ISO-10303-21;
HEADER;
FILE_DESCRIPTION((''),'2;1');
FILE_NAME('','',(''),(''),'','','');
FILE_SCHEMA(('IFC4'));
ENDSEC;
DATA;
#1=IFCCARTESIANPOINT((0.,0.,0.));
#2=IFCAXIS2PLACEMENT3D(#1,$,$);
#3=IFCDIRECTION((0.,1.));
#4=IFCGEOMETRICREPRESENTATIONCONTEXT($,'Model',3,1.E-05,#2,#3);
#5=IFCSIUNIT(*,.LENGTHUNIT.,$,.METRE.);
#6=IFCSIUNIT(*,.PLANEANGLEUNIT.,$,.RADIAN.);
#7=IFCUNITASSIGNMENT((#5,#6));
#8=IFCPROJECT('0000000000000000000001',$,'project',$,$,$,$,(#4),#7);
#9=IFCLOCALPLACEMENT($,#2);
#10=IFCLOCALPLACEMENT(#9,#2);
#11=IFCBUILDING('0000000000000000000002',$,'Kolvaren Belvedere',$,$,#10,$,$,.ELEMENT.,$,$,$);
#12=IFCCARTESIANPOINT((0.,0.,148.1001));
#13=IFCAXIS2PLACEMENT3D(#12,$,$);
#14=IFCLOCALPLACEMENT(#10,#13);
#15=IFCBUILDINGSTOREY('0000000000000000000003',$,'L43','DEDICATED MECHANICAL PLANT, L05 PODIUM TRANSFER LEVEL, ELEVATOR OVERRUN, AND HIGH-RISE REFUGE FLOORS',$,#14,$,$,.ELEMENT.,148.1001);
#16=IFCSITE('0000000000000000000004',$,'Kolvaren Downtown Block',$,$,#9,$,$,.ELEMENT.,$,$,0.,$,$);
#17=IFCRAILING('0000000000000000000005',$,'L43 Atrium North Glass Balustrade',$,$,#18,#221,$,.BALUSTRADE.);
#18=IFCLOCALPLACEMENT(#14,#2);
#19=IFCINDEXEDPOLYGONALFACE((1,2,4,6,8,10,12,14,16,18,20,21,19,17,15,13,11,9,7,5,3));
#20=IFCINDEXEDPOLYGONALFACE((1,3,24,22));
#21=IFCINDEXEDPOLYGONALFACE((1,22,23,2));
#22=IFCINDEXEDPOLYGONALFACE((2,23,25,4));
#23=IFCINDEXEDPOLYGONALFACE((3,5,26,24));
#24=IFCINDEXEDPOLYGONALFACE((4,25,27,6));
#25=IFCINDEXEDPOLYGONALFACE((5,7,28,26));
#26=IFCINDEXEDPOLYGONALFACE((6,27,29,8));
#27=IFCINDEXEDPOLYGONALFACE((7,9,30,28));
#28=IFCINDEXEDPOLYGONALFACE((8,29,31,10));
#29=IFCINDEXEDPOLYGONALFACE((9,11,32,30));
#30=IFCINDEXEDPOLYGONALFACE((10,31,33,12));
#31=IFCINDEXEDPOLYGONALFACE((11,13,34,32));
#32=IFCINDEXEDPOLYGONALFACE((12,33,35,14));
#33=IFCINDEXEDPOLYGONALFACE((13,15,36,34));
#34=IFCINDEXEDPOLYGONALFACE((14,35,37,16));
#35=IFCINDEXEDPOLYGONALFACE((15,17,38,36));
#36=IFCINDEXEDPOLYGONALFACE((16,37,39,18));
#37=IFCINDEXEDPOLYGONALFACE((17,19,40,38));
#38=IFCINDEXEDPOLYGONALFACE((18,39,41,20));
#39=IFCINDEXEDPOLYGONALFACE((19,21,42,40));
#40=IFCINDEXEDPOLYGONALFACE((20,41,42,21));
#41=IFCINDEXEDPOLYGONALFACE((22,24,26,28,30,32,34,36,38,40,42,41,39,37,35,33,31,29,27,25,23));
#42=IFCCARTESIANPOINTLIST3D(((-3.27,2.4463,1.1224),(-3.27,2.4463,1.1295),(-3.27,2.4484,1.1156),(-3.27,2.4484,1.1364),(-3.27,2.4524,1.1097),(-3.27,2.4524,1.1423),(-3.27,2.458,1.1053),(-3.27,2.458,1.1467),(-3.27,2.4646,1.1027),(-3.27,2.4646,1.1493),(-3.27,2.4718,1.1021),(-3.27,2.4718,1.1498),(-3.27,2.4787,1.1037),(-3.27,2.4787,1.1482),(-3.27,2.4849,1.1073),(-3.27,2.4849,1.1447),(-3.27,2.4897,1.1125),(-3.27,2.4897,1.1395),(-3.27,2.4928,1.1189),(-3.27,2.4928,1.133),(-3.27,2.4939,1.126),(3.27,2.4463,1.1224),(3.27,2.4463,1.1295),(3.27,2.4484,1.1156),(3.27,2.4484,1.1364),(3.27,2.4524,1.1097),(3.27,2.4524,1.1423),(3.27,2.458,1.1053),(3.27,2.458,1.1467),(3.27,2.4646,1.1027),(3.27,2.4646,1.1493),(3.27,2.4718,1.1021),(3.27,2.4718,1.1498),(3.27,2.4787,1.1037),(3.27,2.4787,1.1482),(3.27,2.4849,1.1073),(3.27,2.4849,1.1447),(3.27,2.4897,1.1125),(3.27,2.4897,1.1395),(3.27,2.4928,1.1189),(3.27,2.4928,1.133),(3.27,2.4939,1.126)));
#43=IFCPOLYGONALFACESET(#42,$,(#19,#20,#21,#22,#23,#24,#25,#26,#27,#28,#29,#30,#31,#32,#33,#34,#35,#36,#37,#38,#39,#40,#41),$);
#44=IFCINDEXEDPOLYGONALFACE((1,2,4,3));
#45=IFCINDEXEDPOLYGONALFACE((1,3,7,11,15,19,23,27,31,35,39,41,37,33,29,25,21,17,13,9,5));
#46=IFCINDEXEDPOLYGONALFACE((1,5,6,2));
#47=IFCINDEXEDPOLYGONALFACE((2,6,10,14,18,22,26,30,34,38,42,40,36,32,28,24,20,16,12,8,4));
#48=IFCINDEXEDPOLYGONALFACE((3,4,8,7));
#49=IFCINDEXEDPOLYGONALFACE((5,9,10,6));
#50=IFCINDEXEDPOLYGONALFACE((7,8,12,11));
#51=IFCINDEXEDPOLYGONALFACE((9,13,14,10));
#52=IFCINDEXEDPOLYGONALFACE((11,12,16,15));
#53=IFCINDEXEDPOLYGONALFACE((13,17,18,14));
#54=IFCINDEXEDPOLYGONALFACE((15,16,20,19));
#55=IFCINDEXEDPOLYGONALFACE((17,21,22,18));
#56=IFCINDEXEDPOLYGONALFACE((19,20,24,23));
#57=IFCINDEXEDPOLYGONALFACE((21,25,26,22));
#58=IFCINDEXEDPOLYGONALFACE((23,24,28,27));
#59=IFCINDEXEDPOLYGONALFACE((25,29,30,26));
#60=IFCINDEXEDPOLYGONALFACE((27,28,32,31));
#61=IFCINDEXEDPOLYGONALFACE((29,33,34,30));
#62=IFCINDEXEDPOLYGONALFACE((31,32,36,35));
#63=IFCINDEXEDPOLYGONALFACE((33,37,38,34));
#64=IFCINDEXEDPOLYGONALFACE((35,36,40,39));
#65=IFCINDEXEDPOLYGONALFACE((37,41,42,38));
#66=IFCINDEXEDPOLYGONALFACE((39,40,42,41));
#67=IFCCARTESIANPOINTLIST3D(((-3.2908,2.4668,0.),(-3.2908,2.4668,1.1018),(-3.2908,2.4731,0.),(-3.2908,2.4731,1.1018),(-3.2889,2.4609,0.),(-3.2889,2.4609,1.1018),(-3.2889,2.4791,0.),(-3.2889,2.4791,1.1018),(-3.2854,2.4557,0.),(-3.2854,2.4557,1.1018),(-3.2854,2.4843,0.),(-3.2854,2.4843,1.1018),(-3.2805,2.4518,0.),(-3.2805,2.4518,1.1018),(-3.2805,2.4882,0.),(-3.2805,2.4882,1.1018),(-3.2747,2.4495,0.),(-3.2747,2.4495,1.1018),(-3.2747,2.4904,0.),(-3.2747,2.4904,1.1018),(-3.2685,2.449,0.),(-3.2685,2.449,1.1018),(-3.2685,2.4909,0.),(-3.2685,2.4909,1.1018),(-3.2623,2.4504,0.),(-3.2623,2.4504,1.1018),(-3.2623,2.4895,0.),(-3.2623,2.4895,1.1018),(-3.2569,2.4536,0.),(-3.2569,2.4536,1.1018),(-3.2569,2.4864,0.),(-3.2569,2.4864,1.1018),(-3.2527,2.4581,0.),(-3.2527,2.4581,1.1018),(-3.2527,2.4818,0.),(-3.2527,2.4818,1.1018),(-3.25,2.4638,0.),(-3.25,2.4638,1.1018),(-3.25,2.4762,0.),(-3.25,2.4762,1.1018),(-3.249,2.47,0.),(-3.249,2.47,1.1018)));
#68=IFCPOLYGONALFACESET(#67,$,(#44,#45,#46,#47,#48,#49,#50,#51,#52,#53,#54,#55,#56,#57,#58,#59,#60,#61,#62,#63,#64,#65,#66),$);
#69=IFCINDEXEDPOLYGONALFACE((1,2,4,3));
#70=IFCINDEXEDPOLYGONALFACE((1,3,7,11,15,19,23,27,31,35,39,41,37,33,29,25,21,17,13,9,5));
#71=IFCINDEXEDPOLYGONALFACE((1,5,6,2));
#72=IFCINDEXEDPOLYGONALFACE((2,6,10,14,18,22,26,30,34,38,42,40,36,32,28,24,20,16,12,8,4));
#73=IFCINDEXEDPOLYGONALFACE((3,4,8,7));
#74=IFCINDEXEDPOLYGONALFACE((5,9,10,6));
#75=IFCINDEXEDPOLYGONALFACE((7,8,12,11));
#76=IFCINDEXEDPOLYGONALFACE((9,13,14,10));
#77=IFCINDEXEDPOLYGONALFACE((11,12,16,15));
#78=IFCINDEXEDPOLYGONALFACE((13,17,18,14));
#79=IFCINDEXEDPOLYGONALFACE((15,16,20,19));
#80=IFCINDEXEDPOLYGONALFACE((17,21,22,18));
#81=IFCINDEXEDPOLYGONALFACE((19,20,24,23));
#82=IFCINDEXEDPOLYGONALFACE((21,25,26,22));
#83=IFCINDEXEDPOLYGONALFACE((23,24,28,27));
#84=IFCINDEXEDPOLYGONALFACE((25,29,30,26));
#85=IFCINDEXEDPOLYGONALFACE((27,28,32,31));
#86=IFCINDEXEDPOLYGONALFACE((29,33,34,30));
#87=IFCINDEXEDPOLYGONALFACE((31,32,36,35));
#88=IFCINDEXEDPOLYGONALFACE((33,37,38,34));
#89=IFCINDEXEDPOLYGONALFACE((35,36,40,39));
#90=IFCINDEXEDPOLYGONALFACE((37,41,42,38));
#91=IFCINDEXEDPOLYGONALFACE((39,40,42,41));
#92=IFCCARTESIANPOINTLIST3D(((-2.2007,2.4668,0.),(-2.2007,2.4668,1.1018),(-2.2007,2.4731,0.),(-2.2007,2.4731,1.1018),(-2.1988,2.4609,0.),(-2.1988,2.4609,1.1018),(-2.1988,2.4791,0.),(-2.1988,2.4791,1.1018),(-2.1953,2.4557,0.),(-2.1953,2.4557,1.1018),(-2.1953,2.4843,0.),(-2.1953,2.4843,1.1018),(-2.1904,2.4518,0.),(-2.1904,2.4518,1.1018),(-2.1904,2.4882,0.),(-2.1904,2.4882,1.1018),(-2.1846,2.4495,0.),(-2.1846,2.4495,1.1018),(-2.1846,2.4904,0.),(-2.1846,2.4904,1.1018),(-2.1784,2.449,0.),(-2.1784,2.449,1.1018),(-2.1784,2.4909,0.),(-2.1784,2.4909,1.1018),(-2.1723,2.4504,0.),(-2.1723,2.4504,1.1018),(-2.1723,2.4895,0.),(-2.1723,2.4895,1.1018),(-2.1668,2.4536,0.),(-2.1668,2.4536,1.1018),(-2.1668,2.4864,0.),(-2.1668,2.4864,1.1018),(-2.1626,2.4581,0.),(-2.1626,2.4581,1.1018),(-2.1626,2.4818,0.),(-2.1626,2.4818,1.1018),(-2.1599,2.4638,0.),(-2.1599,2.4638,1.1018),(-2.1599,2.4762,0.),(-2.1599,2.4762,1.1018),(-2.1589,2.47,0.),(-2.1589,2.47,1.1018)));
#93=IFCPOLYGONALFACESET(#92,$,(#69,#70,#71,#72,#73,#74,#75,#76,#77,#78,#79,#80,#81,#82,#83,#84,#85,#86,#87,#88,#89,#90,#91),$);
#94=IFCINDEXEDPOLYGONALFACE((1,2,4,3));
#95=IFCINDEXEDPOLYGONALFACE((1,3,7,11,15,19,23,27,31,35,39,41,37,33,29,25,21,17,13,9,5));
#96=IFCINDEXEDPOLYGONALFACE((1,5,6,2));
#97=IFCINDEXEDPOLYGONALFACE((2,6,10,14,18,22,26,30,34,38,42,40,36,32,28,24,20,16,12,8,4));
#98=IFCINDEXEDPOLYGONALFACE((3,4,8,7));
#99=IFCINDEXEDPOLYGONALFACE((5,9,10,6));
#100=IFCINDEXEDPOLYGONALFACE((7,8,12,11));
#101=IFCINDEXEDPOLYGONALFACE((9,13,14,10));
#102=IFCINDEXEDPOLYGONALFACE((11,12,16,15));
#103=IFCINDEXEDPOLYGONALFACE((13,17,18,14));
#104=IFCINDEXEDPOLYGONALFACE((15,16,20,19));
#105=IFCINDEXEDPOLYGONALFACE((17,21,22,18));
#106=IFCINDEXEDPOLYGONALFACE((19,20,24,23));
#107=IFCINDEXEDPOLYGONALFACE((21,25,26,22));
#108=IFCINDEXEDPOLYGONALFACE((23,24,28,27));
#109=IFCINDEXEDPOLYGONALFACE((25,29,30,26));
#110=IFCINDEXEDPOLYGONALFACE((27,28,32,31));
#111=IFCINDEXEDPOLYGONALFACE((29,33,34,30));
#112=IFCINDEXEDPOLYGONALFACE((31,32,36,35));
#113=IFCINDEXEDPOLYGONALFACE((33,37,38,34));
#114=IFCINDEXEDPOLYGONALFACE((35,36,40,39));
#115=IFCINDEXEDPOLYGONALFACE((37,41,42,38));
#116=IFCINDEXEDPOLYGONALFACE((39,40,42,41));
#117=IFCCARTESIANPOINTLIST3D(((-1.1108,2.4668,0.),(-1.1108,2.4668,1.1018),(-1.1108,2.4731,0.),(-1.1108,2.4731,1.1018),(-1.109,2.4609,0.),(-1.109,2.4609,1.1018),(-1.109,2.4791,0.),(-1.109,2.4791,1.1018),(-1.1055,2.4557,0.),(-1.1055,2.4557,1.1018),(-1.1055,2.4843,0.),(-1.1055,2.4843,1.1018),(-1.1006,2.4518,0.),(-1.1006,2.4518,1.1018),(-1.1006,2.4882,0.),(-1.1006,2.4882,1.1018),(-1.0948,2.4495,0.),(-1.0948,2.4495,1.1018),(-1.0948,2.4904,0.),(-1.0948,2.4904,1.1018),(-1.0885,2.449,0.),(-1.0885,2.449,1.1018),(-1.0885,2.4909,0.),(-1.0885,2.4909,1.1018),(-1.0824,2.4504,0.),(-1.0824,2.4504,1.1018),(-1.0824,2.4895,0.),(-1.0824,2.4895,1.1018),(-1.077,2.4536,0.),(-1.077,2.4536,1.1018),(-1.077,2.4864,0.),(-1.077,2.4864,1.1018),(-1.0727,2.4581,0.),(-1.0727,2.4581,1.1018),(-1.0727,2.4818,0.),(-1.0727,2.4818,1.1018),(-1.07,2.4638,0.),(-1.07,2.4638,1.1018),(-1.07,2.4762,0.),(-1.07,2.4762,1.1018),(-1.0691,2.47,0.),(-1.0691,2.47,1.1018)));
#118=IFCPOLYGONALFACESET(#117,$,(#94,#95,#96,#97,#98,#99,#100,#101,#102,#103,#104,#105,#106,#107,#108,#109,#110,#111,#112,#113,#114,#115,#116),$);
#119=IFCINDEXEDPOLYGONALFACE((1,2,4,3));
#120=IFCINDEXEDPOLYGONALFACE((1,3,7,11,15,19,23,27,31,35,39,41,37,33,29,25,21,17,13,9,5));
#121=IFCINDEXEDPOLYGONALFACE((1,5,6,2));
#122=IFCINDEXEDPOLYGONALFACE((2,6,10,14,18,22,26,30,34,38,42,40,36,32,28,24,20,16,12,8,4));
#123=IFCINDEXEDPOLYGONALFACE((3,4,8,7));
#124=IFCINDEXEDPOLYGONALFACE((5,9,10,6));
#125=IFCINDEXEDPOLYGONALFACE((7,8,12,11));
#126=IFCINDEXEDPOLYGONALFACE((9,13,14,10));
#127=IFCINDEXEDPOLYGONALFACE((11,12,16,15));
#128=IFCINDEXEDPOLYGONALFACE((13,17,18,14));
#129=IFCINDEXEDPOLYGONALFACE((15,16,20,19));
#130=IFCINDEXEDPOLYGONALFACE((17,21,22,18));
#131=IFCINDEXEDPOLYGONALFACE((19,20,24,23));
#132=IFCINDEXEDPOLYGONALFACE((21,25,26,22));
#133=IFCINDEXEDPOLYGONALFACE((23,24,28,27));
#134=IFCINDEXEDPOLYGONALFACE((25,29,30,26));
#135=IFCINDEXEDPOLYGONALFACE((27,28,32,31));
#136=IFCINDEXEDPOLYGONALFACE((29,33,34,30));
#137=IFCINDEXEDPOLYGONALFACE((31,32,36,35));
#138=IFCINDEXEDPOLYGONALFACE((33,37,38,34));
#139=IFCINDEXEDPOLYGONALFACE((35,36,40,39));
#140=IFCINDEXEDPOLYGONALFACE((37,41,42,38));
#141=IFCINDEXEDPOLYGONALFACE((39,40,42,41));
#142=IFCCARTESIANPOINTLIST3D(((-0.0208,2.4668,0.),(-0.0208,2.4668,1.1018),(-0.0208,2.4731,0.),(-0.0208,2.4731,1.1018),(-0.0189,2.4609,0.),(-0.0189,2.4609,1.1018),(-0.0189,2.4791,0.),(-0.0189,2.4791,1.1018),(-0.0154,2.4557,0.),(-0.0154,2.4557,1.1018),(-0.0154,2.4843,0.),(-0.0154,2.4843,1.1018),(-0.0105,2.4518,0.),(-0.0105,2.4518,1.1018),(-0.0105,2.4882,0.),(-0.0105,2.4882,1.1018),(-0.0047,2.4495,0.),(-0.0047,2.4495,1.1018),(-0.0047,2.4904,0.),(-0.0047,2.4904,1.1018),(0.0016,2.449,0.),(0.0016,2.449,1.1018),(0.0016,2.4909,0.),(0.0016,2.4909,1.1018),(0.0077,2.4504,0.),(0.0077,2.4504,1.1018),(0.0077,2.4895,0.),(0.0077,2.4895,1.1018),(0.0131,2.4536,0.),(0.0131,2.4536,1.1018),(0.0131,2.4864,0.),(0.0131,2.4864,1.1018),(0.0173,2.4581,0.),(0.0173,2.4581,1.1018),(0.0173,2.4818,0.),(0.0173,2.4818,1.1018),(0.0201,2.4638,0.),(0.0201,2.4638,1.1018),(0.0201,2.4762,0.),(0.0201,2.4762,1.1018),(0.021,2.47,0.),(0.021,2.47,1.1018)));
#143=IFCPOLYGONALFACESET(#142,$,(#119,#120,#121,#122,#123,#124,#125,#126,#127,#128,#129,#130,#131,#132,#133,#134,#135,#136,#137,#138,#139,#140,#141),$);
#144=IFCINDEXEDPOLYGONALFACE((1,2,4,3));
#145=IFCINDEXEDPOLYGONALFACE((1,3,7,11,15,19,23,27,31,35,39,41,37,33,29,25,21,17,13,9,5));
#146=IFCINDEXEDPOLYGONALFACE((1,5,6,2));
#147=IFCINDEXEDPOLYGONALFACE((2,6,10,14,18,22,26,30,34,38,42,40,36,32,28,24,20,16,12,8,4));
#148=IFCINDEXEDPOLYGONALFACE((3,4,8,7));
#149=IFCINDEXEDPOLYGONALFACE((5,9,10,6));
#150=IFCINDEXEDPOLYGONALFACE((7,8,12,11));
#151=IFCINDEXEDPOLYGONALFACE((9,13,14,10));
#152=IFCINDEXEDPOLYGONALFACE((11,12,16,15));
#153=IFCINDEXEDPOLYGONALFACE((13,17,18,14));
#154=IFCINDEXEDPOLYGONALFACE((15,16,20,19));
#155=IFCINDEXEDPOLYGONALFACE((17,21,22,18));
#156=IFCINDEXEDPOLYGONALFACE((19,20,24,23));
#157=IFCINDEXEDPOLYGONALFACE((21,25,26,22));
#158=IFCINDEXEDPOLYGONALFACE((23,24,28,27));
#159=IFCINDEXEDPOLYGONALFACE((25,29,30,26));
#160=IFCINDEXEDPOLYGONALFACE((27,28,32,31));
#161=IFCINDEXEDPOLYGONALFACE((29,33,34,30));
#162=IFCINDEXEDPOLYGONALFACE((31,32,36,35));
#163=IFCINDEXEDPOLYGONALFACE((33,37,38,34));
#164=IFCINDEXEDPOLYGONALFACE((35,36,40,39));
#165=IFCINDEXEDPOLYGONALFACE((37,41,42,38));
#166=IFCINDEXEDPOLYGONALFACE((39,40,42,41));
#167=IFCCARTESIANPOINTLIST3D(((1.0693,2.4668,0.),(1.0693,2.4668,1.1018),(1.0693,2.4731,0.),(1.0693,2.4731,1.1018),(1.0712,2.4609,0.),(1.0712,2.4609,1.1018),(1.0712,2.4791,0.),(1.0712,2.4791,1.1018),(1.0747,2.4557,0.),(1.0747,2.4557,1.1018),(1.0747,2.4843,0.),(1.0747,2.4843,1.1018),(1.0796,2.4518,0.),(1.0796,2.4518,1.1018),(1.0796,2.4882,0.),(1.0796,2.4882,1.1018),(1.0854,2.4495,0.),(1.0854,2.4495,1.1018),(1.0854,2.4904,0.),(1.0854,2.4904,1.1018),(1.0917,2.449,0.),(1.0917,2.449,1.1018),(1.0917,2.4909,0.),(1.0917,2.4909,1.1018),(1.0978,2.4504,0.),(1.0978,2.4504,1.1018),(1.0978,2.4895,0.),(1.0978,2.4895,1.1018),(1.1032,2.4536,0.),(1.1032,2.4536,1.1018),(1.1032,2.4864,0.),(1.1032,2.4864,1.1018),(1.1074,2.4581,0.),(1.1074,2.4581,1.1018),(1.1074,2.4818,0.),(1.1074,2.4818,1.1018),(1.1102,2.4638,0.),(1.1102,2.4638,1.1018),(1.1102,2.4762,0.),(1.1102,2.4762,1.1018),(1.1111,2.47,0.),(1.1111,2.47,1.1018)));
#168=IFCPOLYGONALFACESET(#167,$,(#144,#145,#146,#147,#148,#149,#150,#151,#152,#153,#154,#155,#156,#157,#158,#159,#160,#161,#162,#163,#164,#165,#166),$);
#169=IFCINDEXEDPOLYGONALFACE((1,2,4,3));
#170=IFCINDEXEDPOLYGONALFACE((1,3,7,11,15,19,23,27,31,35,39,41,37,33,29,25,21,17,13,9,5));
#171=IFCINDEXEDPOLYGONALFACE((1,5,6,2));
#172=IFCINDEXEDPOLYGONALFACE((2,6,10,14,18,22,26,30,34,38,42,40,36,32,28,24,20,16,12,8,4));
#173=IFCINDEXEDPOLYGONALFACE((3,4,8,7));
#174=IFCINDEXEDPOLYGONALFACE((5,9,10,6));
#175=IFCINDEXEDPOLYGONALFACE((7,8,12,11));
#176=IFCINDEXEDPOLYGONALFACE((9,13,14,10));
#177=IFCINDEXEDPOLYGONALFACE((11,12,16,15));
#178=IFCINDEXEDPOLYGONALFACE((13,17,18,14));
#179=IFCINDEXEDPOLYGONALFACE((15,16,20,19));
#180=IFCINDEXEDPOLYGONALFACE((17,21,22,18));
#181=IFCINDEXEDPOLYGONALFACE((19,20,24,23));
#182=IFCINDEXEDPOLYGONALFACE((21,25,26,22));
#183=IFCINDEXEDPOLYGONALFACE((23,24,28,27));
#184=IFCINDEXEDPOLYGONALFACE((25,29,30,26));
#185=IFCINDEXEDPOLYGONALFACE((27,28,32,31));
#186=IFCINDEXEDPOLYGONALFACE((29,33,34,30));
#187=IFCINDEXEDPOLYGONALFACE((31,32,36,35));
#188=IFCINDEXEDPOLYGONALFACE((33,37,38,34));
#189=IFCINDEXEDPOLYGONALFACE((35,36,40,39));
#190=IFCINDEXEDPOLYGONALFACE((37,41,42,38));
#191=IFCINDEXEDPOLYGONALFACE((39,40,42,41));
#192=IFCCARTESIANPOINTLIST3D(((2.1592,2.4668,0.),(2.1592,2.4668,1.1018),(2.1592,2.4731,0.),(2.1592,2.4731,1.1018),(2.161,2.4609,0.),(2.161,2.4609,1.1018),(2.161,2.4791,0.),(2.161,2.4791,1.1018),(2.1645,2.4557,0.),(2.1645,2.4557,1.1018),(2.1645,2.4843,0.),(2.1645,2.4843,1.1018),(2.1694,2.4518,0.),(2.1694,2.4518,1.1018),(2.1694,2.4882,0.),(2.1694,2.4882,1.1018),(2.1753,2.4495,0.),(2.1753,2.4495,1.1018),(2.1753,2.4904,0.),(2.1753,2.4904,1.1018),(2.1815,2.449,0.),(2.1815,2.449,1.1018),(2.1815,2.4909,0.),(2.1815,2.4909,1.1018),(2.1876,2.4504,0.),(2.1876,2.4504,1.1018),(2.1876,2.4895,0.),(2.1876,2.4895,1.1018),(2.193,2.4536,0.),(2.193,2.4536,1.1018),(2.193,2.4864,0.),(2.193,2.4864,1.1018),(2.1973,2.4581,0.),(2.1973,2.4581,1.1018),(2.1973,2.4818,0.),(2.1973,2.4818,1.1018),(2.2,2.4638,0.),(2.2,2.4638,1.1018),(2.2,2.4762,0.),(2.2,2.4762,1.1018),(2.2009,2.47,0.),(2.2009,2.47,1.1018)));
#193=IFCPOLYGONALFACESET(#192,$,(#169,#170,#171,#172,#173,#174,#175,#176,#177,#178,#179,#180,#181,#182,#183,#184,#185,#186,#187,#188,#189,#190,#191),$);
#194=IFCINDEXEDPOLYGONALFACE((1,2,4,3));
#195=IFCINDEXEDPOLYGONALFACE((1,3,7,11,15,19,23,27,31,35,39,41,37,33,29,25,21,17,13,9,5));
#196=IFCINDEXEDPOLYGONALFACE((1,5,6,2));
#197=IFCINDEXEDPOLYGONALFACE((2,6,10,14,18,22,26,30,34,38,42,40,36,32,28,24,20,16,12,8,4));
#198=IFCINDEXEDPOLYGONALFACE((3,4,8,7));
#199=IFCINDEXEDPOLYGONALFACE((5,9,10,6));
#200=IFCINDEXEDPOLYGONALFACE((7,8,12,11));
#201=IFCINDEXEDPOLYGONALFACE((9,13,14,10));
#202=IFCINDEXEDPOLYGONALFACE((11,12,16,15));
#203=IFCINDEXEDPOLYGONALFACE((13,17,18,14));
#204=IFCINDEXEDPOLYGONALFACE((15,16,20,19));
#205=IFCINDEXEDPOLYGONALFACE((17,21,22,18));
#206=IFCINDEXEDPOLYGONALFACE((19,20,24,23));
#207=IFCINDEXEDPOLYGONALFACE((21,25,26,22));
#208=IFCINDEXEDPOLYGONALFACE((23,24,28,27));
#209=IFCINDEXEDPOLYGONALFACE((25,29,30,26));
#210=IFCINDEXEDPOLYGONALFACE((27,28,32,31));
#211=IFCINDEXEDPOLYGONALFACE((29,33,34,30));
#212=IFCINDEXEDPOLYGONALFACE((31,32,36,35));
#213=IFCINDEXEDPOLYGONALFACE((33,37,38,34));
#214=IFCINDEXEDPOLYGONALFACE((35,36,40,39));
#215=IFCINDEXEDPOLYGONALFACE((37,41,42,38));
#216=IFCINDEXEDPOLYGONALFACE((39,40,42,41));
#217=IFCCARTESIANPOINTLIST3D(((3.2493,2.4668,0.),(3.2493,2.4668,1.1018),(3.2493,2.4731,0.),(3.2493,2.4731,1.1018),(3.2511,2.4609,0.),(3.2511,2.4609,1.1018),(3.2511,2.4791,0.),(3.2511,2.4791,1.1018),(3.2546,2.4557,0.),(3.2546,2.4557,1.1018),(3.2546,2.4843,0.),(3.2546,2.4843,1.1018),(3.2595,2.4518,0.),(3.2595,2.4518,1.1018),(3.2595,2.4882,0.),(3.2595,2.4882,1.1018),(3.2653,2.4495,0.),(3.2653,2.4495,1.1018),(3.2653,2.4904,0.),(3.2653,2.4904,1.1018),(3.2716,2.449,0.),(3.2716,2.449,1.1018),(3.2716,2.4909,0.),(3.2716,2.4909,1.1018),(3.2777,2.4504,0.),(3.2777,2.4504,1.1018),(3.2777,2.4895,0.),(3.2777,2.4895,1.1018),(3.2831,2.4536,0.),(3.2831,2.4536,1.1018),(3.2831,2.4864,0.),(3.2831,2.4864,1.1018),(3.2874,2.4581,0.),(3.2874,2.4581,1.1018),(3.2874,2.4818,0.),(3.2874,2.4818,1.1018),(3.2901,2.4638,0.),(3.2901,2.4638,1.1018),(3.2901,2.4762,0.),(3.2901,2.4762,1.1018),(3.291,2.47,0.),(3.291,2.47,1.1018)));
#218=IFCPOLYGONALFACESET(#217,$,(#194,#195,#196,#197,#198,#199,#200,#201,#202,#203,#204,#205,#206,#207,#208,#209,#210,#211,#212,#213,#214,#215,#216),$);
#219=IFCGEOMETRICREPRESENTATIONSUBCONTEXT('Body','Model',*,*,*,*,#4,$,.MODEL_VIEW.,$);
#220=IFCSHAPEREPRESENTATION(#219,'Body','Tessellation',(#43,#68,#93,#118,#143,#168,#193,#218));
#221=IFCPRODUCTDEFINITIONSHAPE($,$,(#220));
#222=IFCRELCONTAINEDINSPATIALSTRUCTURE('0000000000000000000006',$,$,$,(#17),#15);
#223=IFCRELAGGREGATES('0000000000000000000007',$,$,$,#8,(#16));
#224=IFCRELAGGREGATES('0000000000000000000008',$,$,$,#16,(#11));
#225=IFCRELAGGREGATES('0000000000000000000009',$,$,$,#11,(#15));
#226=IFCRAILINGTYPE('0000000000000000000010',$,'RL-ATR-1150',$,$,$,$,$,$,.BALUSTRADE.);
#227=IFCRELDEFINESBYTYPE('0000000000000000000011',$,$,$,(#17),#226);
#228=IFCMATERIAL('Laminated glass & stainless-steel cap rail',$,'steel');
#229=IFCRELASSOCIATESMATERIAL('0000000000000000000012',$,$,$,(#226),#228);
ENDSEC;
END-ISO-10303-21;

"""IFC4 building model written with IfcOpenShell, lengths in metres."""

from ifc_helpers import new_model, si_unit, direction, frame, origin, origin_2d, place, context, subcontext, project, spatial, circle, extrude, material, type_object, element, save


model = new_model("IFC4")

# Units and contexts
model_context = context("Model", 3, precision=1e-05, world=origin(), true_north=direction((0.0, 1.0)))
body_context = subcontext(model_context, "Body", "Model", "MODEL_VIEW")
ifc_project = project(units=[si_unit("LENGTHUNIT", "METRE"), si_unit("PLANEANGLEUNIT", "RADIAN")], contexts=[model_context])

# Site, building, storey
site_placement = place(None, origin())
site = spatial("IfcSite", under=ifc_project, at=site_placement, Name="Kolvaren Downtown Block", CompositionType="ELEMENT", RefElevation=0.0)
building_placement = place(site_placement, origin())
building = spatial("IfcBuilding", under=site, at=building_placement, Name="Kolvaren Belvedere", CompositionType="ELEMENT")
storey_placement = place(building_placement, frame((0.0, 0.0, 148.1001)))
storey = spatial("IfcBuildingStorey", under=building, at=storey_placement, Name="L43", Description="DEDICATED MECHANICAL PLANT, L05 PODIUM TRANSFER LEVEL, ELEVATOR OVERRUN, AND HIGH-RISE REFUGE FLOORS", CompositionType="ELEMENT", Elevation=148.1001)

# Railing
ifc_material_1 = material(Name="Laminated glass & stainless-steel cap rail", Category="steel")
railing_type_1 = type_object("IfcRailingType", Name="RL-ATR-1150", PredefinedType="BALUSTRADE", material=ifc_material_1)
railing_1_placement = place(storey_placement, frame((-3.27, 2.47, 0.0)))
element("IfcRailing", 1, at=railing_1_placement, inside=storey, type_object=railing_type_1, Name="L43 Atrium North Glass Balustrade", PredefinedType="BALUSTRADE", context=body_context, shape_type="SweptSolid", body=[
    extrude(circle(Radius=0.0239, at=origin_2d()), frame((0.0, 0.0, 1.126), z_axis=(1.0, 0.0, 0.0), x_axis=(0.0, 1.0, 0.0)), (0.0, 0.0, 1.0), 6.54),
    extrude(circle(Radius=0.021, at=origin_2d()), origin(), (0.0, 0.0, 1.0), 1.1018),
    extrude(circle(Radius=0.021, at=origin_2d()), frame((1.0901, 0.0, 0.0)), (0.0, 0.0, 1.0), 1.1018),
    extrude(circle(Radius=0.021, at=origin_2d()), frame((2.1799, 0.0, 0.0)), (0.0, 0.0, 1.0), 1.1018),
    extrude(circle(Radius=0.021, at=origin_2d()), frame((3.27, 0.0, 0.0)), (0.0, 0.0, 1.0), 1.1018),
    extrude(circle(Radius=0.021, at=origin_2d()), frame((4.3601, 0.0, 0.0)), (0.0, 0.0, 1.0), 1.1018),
    extrude(circle(Radius=0.021, at=origin_2d()), frame((5.45, 0.0, 0.0)), (0.0, 0.0, 1.0), 1.1018),
    extrude(circle(Radius=0.021, at=origin_2d()), frame((6.54, 0.0, 0.0)), (0.0, 0.0, 1.0), 1.1018),
])

save(model, "model.ifc")
